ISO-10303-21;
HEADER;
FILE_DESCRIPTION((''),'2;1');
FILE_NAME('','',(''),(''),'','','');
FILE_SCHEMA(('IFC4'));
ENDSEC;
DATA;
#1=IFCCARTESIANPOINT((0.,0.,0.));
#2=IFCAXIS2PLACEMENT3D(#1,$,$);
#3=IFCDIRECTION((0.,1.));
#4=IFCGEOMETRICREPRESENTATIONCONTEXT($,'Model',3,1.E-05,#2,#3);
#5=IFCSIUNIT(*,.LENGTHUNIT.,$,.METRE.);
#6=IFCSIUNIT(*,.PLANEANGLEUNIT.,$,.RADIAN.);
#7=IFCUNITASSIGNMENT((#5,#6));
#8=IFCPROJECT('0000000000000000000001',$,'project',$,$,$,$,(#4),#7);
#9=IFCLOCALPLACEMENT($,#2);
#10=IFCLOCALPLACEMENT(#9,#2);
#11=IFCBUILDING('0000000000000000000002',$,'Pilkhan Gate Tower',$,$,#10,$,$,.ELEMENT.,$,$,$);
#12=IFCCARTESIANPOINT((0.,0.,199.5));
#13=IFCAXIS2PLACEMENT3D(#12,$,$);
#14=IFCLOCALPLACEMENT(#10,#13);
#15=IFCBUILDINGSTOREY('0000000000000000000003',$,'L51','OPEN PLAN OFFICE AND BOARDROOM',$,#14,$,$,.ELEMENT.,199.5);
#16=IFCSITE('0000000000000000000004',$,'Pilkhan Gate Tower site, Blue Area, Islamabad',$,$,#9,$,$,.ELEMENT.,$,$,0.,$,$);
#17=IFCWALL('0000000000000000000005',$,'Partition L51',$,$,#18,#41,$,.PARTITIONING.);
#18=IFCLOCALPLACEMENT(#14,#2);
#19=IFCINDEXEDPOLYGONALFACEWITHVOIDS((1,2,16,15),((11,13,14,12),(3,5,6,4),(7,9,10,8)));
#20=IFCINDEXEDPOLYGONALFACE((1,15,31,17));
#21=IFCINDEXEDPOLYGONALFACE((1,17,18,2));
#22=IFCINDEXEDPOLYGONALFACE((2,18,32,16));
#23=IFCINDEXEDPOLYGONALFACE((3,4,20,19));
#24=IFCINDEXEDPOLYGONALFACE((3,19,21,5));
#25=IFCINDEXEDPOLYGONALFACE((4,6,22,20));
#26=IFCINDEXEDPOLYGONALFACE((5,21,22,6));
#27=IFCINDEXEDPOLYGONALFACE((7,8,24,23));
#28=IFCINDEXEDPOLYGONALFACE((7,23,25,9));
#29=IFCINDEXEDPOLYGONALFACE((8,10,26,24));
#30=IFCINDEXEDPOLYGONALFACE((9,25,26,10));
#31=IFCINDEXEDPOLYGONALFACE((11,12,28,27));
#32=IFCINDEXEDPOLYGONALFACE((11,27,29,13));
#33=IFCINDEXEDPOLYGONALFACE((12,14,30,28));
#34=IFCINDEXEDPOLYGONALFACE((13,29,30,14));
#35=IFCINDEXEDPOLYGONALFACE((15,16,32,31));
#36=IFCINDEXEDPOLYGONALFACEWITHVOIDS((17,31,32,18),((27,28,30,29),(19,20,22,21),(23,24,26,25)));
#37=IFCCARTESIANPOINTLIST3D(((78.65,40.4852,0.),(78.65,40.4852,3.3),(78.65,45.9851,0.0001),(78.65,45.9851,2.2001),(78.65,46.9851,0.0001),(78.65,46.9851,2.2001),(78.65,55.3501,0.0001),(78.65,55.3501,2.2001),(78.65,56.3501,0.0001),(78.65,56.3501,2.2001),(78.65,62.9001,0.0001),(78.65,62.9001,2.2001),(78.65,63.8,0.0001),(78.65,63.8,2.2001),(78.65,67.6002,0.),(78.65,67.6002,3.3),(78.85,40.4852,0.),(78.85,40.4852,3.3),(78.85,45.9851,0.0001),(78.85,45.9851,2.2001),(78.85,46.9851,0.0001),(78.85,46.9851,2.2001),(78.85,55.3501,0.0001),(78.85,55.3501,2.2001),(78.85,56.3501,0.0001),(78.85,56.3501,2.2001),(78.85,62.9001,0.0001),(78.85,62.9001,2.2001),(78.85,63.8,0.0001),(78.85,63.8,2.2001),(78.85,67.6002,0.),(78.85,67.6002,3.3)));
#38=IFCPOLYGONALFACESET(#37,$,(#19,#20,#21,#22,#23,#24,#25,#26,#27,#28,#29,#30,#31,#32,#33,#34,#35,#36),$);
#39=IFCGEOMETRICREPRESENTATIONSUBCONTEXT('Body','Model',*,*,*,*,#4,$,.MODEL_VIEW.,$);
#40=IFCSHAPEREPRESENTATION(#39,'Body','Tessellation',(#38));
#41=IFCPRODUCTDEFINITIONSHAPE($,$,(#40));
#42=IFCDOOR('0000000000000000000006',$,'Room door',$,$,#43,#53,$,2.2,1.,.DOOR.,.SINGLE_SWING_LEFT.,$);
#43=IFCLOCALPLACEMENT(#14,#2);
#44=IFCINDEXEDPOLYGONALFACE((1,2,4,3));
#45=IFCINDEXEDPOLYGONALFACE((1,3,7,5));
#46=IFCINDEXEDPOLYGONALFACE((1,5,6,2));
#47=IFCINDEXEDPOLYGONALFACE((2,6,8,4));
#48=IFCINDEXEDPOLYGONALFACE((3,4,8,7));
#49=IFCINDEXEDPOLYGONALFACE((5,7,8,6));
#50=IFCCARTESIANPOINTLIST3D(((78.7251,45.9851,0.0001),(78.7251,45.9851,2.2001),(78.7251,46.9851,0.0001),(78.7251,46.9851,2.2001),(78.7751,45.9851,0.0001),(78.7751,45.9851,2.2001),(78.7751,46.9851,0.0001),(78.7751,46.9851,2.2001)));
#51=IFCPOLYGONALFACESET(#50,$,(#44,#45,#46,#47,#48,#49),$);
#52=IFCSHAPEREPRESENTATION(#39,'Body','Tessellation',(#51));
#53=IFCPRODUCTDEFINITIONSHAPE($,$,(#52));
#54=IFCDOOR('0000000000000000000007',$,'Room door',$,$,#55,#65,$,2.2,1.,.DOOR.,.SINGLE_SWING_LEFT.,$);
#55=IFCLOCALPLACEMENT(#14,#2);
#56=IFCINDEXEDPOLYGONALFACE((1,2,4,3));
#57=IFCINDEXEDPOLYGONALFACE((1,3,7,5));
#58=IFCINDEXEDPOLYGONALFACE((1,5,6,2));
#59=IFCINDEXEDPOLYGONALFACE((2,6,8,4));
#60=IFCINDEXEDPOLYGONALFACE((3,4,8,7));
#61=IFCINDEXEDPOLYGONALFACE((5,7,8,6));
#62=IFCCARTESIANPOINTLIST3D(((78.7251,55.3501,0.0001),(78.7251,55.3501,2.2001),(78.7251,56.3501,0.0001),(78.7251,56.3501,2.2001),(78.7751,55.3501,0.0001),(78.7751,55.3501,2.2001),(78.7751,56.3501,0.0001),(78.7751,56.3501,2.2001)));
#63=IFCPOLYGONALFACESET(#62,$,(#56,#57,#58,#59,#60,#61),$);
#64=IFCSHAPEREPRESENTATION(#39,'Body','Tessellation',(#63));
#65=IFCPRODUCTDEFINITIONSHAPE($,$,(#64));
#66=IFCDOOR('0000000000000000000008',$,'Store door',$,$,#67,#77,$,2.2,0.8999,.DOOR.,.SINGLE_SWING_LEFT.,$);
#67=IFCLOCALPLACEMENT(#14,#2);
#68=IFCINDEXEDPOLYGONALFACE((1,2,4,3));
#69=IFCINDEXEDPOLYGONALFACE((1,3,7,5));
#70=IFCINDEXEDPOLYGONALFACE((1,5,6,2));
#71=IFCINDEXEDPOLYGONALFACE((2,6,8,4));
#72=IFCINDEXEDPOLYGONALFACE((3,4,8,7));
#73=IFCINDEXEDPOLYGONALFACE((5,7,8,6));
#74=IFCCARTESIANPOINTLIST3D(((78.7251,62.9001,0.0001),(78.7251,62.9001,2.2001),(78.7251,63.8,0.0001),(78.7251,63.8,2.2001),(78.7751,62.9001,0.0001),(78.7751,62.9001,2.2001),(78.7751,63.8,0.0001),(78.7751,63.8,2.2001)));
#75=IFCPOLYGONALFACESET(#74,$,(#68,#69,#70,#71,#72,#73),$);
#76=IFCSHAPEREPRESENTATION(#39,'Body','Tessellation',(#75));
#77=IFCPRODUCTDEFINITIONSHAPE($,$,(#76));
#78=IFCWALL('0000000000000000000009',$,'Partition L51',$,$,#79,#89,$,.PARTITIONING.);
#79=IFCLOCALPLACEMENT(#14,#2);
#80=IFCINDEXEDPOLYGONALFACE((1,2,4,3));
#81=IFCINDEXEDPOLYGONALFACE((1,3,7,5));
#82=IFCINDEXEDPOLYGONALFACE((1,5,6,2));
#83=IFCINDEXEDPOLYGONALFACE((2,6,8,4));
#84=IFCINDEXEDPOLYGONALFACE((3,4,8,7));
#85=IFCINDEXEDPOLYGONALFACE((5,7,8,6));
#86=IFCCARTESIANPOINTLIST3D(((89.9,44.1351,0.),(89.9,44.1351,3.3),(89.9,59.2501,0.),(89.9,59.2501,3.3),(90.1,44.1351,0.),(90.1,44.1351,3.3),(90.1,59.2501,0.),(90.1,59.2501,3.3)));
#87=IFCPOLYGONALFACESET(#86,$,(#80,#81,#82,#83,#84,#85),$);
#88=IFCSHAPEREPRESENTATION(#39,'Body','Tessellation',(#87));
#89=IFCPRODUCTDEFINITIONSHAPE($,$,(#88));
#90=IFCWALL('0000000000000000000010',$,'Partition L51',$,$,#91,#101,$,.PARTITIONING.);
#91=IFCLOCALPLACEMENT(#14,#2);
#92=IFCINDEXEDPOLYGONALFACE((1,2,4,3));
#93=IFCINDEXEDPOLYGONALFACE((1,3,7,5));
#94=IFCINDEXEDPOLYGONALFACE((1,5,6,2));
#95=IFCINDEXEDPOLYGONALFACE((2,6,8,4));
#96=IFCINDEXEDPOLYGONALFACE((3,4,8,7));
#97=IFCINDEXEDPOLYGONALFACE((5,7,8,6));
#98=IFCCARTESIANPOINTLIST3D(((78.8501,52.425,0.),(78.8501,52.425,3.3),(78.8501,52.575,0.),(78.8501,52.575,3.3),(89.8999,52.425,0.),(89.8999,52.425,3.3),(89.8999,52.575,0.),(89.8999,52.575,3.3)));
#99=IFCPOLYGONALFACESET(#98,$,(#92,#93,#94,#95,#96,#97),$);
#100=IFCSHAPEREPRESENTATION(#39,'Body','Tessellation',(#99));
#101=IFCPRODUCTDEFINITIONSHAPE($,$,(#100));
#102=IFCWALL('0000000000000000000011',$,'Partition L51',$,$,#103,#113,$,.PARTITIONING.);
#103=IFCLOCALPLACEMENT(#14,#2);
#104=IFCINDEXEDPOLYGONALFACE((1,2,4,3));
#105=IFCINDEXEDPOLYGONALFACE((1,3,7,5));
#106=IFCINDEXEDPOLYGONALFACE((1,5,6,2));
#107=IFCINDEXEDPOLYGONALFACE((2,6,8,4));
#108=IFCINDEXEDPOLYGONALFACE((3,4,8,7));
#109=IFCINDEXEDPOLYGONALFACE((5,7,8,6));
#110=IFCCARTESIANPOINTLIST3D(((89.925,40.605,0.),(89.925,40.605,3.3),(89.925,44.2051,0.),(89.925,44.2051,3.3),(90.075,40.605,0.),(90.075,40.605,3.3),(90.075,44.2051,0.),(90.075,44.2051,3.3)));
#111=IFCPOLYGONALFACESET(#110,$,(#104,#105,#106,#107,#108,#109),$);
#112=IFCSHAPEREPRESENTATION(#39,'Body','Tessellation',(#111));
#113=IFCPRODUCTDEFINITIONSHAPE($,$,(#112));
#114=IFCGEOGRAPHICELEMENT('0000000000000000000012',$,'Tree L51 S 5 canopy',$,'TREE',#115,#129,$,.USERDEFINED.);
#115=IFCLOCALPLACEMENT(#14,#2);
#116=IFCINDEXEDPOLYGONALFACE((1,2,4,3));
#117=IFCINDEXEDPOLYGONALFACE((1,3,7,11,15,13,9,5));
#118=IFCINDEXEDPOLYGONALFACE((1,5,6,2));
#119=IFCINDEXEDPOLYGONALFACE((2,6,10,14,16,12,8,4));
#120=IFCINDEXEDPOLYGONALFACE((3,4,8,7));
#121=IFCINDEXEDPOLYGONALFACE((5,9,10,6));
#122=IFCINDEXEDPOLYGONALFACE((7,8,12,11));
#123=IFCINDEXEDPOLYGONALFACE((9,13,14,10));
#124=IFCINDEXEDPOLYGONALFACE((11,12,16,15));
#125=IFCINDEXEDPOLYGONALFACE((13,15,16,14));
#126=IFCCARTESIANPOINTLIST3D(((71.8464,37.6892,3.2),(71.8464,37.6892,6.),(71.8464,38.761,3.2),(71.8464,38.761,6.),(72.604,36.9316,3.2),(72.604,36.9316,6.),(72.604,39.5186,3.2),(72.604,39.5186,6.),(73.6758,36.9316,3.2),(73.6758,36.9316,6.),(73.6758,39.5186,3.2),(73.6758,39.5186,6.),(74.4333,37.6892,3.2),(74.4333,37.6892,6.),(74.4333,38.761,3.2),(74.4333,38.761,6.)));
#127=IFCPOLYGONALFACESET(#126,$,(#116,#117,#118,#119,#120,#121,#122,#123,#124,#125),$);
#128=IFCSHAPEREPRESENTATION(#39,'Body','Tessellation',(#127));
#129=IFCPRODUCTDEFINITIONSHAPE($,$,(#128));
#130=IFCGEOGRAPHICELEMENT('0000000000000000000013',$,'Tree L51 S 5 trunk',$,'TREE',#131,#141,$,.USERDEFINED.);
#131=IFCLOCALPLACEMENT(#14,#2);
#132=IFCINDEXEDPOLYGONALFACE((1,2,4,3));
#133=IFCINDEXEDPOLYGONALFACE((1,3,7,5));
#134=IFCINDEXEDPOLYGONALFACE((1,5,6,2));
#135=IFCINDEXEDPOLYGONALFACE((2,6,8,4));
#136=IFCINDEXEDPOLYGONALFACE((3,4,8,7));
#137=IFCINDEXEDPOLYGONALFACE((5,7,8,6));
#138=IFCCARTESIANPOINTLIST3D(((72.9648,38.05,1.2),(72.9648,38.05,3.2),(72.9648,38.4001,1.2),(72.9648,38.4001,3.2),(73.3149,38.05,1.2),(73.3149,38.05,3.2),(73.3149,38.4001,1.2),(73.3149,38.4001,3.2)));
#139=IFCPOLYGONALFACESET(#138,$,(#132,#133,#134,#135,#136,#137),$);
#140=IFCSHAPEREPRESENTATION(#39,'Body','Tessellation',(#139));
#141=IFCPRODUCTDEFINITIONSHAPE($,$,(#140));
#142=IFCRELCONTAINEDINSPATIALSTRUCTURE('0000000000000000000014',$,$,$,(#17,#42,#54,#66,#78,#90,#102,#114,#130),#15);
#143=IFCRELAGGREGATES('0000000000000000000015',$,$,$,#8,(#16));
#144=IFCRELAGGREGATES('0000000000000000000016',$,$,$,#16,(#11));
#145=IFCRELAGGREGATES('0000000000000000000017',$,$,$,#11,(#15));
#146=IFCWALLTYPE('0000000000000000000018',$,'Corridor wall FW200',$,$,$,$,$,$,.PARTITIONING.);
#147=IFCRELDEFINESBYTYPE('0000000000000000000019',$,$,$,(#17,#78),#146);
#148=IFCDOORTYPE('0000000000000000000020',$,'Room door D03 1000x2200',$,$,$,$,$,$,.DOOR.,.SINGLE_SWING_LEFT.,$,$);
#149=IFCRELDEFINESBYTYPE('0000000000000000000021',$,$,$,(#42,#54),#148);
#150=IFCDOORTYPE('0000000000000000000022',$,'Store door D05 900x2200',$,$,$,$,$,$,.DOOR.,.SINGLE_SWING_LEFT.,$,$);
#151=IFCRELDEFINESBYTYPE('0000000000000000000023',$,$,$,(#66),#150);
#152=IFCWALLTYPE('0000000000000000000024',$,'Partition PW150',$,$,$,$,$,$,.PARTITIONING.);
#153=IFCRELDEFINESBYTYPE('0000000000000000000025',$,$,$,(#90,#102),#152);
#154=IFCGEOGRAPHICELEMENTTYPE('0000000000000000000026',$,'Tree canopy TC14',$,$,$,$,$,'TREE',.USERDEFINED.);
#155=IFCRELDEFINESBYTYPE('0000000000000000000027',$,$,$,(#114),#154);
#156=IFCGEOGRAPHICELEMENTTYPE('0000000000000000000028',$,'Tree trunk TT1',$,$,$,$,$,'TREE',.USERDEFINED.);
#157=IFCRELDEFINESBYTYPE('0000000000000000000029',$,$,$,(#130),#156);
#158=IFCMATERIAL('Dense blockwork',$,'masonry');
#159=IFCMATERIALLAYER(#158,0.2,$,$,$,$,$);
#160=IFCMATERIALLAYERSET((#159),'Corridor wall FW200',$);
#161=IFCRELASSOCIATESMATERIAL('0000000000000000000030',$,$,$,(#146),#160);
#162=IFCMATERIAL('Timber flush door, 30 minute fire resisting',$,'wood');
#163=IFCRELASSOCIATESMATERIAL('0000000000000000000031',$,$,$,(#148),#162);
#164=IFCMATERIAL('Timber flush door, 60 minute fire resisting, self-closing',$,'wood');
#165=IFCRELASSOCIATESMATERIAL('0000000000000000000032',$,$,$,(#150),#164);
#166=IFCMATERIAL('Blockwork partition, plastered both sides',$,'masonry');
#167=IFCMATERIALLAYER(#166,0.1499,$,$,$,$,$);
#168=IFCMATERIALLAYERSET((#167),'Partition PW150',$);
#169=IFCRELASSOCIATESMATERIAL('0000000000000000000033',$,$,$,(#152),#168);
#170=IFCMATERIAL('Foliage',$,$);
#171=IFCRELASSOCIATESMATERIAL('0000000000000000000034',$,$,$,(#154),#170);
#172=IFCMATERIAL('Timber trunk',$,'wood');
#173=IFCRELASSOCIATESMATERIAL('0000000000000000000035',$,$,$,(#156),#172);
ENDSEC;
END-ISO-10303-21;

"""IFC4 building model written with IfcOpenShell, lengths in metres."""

from ifc_helpers import new_model, si_unit, direction, frame, frame_2d, origin, origin_2d, place, context, subcontext, project, spatial, polyline, rectangle, outline, extrude, material, layer, layer_set, material_profile, profile_set, type_object, element, fill, save


model = new_model("IFC4")

# Units and contexts
model_context = context("Model", 3, precision=1e-05, world=origin(), true_north=direction((0.0, 1.0)))
body_context = subcontext(model_context, "Body", "Model", "MODEL_VIEW")
ifc_project = project(units=[si_unit("LENGTHUNIT", "METRE"), si_unit("PLANEANGLEUNIT", "RADIAN")], contexts=[model_context])

# Site, building, storey
site_placement = place(None, origin())
site = spatial("IfcSite", under=ifc_project, at=site_placement, Name="Pilkhan Gate Tower site, Blue Area, Islamabad", CompositionType="ELEMENT", RefElevation=0.0)
building_placement = place(site_placement, origin())
building = spatial("IfcBuilding", under=site, at=building_placement, Name="Pilkhan Gate Tower", CompositionType="ELEMENT")
storey_placement = place(building_placement, frame((0.0, 0.0, 199.5)))
storey = spatial("IfcBuildingStorey", under=building, at=storey_placement, Name="L51", Description="OPEN PLAN OFFICE AND BOARDROOM", CompositionType="ELEMENT", Elevation=199.5)

# Shared definitions
ifc_material_1 = material(Name="Dense blockwork", Category="masonry")
ifc_layer_1 = layer(ifc_material_1, 0.2)
ifc_layer_set_1 = layer_set([ifc_layer_1], Name="Corridor wall FW200")
wall_type_1 = type_object("IfcWallType", Name="Corridor wall FW200", PredefinedType="PARTITIONING", material=ifc_layer_set_1)

# Wall, openings, doors
ifc_material_2 = material(Name="Timber flush door, 30 minute fire resisting", Category="wood")
door_type_1 = type_object("IfcDoorType", Name="Room door D03 1000x2200", OperationType="SINGLE_SWING_LEFT", PredefinedType="DOOR", material=ifc_material_2)
ifc_material_3 = material(Name="Timber flush door, 60 minute fire resisting, self-closing", Category="wood")
door_type_2 = type_object("IfcDoorType", Name="Store door D05 900x2200", OperationType="SINGLE_SWING_LEFT", PredefinedType="DOOR", material=ifc_material_3)
wall_1_placement = place(storey_placement, frame((78.75, 40.4851, 0.0), z_axis=(0.0, 0.0, 1.0), x_axis=(0.0, 1.0, 0.0)))
wall_1 = element("IfcWall", 1, at=wall_1_placement, inside=storey, type_object=wall_type_1, Name="Partition L51", PredefinedType="PARTITIONING", context=body_context, shape_type="SweptSolid", body=[
    extrude(rectangle(XDim=27.115, YDim=0.2, at=frame_2d((13.5576, 0.0))), origin(), (0.0, 0.0, 1.0), 3.3),
])
opening_1_placement = place(wall_1_placement, frame((5.5, 0.0, 0.0)))
opening_1 = element("IfcOpeningElement", 2, at=opening_1_placement, cuts=wall_1, PredefinedType="OPENING", context=body_context, shape_type="SweptSolid", body=[
    extrude(rectangle(XDim=1.0, YDim=2.2, at=frame_2d((0.5, 1.1001))), frame((0.0, 0.1099, 0.0), z_axis=(0.0, -1.0, 0.0), x_axis=(1.0, 0.0, 0.0)), (0.0, 0.0, 1.0), 0.22),
])
opening_2_placement = place(wall_1_placement, frame((14.865, 0.0, 0.0)))
opening_2 = element("IfcOpeningElement", 3, at=opening_2_placement, cuts=wall_1, PredefinedType="OPENING", context=body_context, shape_type="SweptSolid", body=[
    extrude(rectangle(XDim=1.0, YDim=2.2, at=frame_2d((0.5, 1.1001))), frame((0.0, 0.1099, 0.0), z_axis=(0.0, -1.0, 0.0), x_axis=(1.0, 0.0, 0.0)), (0.0, 0.0, 1.0), 0.22),
])
opening_3_placement = place(wall_1_placement, frame((22.415, 0.0, 0.0)))
opening_3 = element("IfcOpeningElement", 4, at=opening_3_placement, cuts=wall_1, PredefinedType="OPENING", context=body_context, shape_type="SweptSolid", body=[
    extrude(rectangle(XDim=0.8999, YDim=2.2, at=frame_2d((0.45, 1.1001))), frame((0.0, 0.1099, 0.0), z_axis=(0.0, -1.0, 0.0), x_axis=(1.0, 0.0, 0.0)), (0.0, 0.0, 1.0), 0.22),
])
door_1_placement = place(opening_1_placement, origin())
door_1 = element("IfcDoor", 5, at=door_1_placement, inside=storey, type_object=door_type_1, Name="Room door", OperationType="SINGLE_SWING_LEFT", OverallHeight=2.2, OverallWidth=1.0, PredefinedType="DOOR", context=body_context, shape_type="SweptSolid", body=[
    extrude(rectangle(XDim=1.0, YDim=2.2, at=frame_2d((0.5, 1.1001))), frame((0.0, 0.0249, 0.0), z_axis=(0.0, -1.0, 0.0), x_axis=(1.0, 0.0, 0.0)), (0.0, 0.0, 1.0), 0.05),
])
fill(opening_1, door_1)
door_2_placement = place(opening_2_placement, origin())
door_2 = element("IfcDoor", 6, at=door_2_placement, inside=storey, type_object=door_type_1, Name="Room door", OperationType="SINGLE_SWING_LEFT", OverallHeight=2.2, OverallWidth=1.0, PredefinedType="DOOR", context=body_context, shape_type="SweptSolid", body=[
    extrude(rectangle(XDim=1.0, YDim=2.2, at=frame_2d((0.5, 1.1001))), frame((0.0, 0.0249, 0.0), z_axis=(0.0, -1.0, 0.0), x_axis=(1.0, 0.0, 0.0)), (0.0, 0.0, 1.0), 0.05),
])
fill(opening_2, door_2)
door_3_placement = place(opening_3_placement, origin())
door_3 = element("IfcDoor", 7, at=door_3_placement, inside=storey, type_object=door_type_2, Name="Store door", OperationType="SINGLE_SWING_LEFT", OverallHeight=2.2, OverallWidth=0.8999, PredefinedType="DOOR", context=body_context, shape_type="SweptSolid", body=[
    extrude(rectangle(XDim=0.8999, YDim=2.2, at=frame_2d((0.45, 1.1001))), frame((0.0, 0.0249, 0.0), z_axis=(0.0, -1.0, 0.0), x_axis=(1.0, 0.0, 0.0)), (0.0, 0.0, 1.0), 0.05),
])
fill(opening_3, door_3)

# Walls
wall_2_placement = place(storey_placement, frame((90.0, 44.135, 0.0), z_axis=(0.0, 0.0, 1.0), x_axis=(0.0, 1.0, 0.0)))
element("IfcWall", 8, at=wall_2_placement, inside=storey, type_object=wall_type_1, Name="Partition L51", PredefinedType="PARTITIONING", context=body_context, shape_type="SweptSolid", body=[
    extrude(rectangle(XDim=15.115, YDim=0.2, at=frame_2d((7.5576, 0.0))), origin(), (0.0, 0.0, 1.0), 3.3),
])
ifc_material_4 = material(Name="Blockwork partition, plastered both sides", Category="masonry")
ifc_layer_2 = layer(ifc_material_4, 0.1499)
ifc_layer_set_2 = layer_set([ifc_layer_2], Name="Partition PW150")
wall_type_2 = type_object("IfcWallType", Name="Partition PW150", PredefinedType="PARTITIONING", material=ifc_layer_set_2)
wall_3_placement = place(storey_placement, frame((78.8501, 52.5, 0.0), z_axis=(0.0, 0.0, 1.0), x_axis=(1.0, 0.0, 0.0)))
element("IfcWall", 9, at=wall_3_placement, inside=storey, type_object=wall_type_2, Name="Partition L51", PredefinedType="PARTITIONING", context=body_context, shape_type="SweptSolid", body=[
    extrude(rectangle(XDim=11.0498, YDim=0.1499, at=frame_2d((5.5249, 0.0))), origin(), (0.0, 0.0, 1.0), 3.3),
])
wall_4_placement = place(storey_placement, frame((90.0, 40.605, 0.0), z_axis=(0.0, 0.0, 1.0), x_axis=(0.0, 1.0, 0.0)))
element("IfcWall", 10, at=wall_4_placement, inside=storey, type_object=wall_type_2, Name="Partition L51", PredefinedType="PARTITIONING", context=body_context, shape_type="SweptSolid", body=[
    extrude(rectangle(XDim=3.6001, YDim=0.1499, at=frame_2d((1.8, 0.0))), origin(), (0.0, 0.0, 1.0), 3.3),
])

# Geographic elements
ifc_material_5 = material(Name="Foliage")
ifc_material_profile_1 = material_profile(ifc_material_5, outline(polyline([(1.2935, 0.5359), (0.5359, 1.2935), (-0.5359, 1.2935), (-1.2935, 0.5359), (-1.2935, -0.5359), (-0.5359, -1.2935), (0.5359, -1.2935), (1.2935, -0.5359), (1.2935, 0.5359)])), Name="Canopy D2.8")
ifc_profile_set_1 = profile_set([ifc_material_profile_1], Name="Foliage")
geographic_element_type_1 = type_object("IfcGeographicElementType", Name="Tree canopy TC14", ElementType="TREE", PredefinedType="USERDEFINED", material=ifc_profile_set_1)
geographic_element_1_placement = place(storey_placement, frame((73.1399, 38.2251, 3.2), z_axis=(0.0, 0.0, 1.0), x_axis=(1.0, 0.0, 0.0)))
element("IfcGeographicElement", 11, at=geographic_element_1_placement, inside=storey, type_object=geographic_element_type_1, Name="Tree L51 S 5 canopy", ObjectType="TREE", PredefinedType="USERDEFINED", context=body_context, shape_type="SweptSolid", body=[
    extrude(outline(polyline([(1.2935, 0.5359), (0.5359, 1.2935), (-0.5359, 1.2935), (-1.2935, 0.5359), (-1.2935, -0.5359), (-0.5359, -1.2935), (0.5359, -1.2935), (1.2935, -0.5359), (1.2935, 0.5359)])), origin(), (0.0, 0.0, 1.0), 2.8),
])
ifc_material_6 = material(Name="Timber trunk", Category="wood")
geographic_element_type_2 = type_object("IfcGeographicElementType", Name="Tree trunk TT1", ElementType="TREE", PredefinedType="USERDEFINED", material=ifc_material_6)
geographic_element_2_placement = place(storey_placement, frame((73.1399, 38.2251, 1.2), z_axis=(0.0, 0.0, 1.0), x_axis=(1.0, 0.0, 0.0)))
element("IfcGeographicElement", 12, at=geographic_element_2_placement, inside=storey, type_object=geographic_element_type_2, Name="Tree L51 S 5 trunk", ObjectType="TREE", PredefinedType="USERDEFINED", context=body_context, shape_type="SweptSolid", body=[
    extrude(rectangle(XDim=0.3501, YDim=0.3501, at=origin_2d()), origin(), (0.0, 0.0, 1.0), 2.0),
])

save(model, "model.ifc")
